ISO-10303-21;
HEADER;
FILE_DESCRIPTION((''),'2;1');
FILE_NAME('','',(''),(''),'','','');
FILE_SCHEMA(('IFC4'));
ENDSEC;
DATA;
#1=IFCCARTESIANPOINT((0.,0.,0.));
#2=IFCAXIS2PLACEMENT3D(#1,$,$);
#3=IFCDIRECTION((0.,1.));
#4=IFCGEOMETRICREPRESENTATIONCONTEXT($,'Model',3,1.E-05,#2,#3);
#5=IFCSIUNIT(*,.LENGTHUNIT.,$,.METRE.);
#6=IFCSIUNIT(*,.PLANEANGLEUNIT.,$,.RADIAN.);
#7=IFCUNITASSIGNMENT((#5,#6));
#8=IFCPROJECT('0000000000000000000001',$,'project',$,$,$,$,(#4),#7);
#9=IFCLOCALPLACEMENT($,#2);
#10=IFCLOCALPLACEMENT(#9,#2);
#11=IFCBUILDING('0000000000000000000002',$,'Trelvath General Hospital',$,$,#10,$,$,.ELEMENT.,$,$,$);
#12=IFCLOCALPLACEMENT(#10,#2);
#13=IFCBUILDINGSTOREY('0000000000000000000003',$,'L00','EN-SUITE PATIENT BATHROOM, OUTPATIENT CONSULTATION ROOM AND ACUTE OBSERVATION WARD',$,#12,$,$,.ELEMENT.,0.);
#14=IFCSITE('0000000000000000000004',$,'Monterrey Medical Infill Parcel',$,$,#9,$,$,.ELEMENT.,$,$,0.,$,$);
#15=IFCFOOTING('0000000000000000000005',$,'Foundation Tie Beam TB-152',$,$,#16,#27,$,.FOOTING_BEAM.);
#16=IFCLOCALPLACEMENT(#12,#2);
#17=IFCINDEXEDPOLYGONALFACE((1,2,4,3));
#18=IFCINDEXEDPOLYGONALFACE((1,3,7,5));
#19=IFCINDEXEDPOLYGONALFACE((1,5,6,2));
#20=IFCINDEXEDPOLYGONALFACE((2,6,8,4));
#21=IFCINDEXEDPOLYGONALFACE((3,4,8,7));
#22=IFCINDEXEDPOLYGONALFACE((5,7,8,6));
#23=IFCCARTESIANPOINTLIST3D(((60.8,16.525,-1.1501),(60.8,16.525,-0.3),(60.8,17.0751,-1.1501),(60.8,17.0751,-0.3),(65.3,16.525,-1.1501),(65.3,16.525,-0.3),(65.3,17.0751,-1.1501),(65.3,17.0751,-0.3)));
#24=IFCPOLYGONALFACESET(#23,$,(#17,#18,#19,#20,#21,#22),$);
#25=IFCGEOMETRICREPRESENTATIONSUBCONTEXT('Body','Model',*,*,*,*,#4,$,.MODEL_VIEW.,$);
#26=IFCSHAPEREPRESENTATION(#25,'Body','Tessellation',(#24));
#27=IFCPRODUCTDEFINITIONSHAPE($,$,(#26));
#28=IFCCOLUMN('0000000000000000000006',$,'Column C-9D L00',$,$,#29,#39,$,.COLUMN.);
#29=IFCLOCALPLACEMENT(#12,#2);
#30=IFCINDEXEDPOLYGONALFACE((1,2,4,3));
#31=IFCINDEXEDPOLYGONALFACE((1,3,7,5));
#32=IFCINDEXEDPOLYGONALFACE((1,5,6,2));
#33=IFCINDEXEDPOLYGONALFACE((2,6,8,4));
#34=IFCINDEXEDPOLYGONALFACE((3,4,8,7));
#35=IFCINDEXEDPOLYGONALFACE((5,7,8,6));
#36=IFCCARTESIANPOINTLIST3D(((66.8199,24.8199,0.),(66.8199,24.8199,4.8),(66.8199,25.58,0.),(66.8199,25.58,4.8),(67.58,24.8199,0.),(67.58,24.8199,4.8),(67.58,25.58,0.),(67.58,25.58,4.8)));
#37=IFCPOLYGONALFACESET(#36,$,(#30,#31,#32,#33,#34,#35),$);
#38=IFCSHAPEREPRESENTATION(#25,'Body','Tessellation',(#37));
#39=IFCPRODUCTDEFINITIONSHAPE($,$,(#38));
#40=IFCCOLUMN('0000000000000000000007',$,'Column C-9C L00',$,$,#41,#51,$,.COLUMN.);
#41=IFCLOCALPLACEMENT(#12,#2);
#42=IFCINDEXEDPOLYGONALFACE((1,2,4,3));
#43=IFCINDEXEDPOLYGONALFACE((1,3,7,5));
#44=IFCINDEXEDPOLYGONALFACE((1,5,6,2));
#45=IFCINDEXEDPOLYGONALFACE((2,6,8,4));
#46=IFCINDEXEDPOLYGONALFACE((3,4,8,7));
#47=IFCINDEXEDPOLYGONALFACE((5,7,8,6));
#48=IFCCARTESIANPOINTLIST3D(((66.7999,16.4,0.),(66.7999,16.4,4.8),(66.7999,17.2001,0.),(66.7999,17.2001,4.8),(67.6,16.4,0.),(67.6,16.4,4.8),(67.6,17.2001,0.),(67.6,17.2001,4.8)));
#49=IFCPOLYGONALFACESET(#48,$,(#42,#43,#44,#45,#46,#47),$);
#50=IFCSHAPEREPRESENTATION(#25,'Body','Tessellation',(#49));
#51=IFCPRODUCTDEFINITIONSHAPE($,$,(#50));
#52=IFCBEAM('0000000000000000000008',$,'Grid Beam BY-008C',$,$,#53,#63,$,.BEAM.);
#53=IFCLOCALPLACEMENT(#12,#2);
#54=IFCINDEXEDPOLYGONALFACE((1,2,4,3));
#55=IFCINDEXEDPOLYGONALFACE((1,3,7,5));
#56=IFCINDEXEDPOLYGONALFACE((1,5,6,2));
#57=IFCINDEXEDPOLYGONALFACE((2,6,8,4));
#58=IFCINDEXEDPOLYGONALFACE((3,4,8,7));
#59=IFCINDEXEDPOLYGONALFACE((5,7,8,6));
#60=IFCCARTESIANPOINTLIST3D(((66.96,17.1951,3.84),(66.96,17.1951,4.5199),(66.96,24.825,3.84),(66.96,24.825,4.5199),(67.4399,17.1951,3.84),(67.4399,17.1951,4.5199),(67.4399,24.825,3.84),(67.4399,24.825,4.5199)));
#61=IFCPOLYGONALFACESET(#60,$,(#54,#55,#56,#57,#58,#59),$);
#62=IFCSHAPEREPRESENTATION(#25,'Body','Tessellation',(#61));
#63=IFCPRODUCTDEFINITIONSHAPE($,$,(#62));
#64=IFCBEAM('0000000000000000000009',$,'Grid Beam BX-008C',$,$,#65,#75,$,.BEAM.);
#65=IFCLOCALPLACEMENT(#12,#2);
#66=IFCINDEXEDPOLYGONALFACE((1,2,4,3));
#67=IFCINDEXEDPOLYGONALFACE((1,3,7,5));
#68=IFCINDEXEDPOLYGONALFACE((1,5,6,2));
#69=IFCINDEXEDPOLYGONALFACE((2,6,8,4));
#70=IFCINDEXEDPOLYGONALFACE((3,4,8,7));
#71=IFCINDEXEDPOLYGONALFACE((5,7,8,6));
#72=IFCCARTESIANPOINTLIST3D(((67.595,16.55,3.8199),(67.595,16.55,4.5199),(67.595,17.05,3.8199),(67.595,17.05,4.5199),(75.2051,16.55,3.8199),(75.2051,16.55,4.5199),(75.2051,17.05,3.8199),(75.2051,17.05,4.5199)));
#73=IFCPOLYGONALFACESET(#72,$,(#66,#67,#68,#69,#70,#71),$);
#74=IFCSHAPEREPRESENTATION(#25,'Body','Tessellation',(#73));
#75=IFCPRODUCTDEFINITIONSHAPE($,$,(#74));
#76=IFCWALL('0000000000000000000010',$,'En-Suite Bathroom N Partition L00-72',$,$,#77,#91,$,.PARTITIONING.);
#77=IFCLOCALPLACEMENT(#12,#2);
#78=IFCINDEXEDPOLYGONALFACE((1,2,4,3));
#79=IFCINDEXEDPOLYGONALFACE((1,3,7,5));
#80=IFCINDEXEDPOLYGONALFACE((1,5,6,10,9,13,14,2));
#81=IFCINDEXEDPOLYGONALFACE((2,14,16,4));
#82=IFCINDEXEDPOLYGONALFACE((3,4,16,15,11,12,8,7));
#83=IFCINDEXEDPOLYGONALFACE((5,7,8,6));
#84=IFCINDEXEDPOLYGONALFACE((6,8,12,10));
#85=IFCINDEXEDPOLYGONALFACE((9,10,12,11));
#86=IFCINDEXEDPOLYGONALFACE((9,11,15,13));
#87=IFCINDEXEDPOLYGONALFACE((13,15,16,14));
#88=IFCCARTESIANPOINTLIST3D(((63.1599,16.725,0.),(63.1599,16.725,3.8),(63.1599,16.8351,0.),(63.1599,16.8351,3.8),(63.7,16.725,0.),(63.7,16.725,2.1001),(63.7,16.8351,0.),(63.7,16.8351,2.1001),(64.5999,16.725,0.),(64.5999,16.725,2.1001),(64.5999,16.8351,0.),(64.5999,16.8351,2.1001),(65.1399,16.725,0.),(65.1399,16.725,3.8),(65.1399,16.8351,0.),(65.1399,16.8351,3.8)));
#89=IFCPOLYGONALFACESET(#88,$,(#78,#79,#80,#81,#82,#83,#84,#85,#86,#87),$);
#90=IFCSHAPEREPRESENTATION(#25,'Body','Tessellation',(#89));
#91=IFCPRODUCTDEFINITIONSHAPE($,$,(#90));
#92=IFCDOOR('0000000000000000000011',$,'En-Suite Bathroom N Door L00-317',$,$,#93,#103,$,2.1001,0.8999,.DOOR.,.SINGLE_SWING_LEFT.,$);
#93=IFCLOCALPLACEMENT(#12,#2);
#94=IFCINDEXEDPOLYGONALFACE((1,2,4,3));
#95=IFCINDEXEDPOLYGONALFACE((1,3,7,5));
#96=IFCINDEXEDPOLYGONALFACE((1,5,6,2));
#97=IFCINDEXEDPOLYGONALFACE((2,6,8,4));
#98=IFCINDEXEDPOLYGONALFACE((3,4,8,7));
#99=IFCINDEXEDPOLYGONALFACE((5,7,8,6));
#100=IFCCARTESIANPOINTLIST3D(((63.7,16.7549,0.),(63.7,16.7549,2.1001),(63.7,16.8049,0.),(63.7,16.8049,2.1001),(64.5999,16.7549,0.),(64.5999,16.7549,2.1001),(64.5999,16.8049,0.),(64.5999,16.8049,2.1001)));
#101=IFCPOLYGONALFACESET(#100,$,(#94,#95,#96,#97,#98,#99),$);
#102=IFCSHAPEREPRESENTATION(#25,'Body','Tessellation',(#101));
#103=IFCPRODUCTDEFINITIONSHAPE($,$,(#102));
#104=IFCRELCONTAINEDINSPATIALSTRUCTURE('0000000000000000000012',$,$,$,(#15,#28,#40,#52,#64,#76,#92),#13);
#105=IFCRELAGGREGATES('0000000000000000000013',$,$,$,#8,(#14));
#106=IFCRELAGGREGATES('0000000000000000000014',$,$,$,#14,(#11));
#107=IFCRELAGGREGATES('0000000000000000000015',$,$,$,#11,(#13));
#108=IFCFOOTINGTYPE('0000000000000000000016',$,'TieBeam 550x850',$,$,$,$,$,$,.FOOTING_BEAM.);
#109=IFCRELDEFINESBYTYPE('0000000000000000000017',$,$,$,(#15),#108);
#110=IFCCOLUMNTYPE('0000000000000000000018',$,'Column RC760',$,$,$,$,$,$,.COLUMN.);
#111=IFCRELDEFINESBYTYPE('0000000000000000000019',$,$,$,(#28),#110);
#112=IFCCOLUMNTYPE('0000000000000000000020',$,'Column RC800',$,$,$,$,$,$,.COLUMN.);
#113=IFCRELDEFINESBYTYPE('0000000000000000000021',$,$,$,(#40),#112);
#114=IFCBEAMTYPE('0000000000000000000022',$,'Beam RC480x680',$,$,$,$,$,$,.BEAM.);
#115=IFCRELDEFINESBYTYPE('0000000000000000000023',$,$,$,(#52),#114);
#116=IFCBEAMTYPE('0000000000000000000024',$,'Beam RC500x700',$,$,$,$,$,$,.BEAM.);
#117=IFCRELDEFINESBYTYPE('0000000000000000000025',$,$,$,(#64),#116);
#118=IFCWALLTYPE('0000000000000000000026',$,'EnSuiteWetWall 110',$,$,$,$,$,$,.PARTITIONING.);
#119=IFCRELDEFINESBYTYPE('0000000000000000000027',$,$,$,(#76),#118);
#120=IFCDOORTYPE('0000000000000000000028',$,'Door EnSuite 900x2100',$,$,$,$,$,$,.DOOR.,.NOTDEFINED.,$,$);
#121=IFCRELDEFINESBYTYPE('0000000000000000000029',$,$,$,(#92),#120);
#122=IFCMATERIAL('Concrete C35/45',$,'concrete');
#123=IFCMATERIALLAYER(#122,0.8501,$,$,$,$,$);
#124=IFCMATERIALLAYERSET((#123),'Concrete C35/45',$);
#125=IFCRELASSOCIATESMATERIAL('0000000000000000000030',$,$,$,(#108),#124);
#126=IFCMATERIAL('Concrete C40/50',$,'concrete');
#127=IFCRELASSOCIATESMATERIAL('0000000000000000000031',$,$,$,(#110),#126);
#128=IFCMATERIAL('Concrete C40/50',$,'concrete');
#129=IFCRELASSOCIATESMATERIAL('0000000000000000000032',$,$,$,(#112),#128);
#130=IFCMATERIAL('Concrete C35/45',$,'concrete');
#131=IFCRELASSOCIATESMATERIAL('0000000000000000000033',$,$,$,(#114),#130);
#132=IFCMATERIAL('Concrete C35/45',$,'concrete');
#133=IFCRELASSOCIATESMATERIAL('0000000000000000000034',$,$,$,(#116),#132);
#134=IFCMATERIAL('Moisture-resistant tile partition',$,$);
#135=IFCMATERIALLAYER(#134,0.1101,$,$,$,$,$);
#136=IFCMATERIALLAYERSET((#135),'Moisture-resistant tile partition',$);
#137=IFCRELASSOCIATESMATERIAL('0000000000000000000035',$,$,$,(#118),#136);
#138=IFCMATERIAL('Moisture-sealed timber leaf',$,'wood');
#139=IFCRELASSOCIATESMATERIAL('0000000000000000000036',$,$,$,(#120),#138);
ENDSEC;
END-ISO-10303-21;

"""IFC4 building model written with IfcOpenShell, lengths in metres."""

from ifc_helpers import new_model, si_unit, direction, frame, frame_2d, origin, origin_2d, place, context, subcontext, project, spatial, rectangle, extrude, material, layer, layer_set, material_profile, profile_set, type_object, element, fill, save


model = new_model("IFC4")

# Units and contexts
model_context = context("Model", 3, precision=1e-05, world=origin(), true_north=direction((0.0, 1.0)))
body_context = subcontext(model_context, "Body", "Model", "MODEL_VIEW")
ifc_project = project(units=[si_unit("LENGTHUNIT", "METRE"), si_unit("PLANEANGLEUNIT", "RADIAN")], contexts=[model_context])

# Site, building, storey
site_placement = place(None, origin())
site = spatial("IfcSite", under=ifc_project, at=site_placement, Name="Monterrey Medical Infill Parcel", CompositionType="ELEMENT", RefElevation=0.0)
building_placement = place(site_placement, origin())
building = spatial("IfcBuilding", under=site, at=building_placement, Name="Trelvath General Hospital", CompositionType="ELEMENT")
storey_placement = place(building_placement, origin())
storey = spatial("IfcBuildingStorey", under=building, at=storey_placement, Name="L00", Description="EN-SUITE PATIENT BATHROOM, OUTPATIENT CONSULTATION ROOM AND ACUTE OBSERVATION WARD", CompositionType="ELEMENT", Elevation=0.0)

# Footing
ifc_material_1 = material(Name="Concrete C35/45", Category="concrete")
ifc_layer_1 = layer(ifc_material_1, 0.8501)
ifc_layer_set_1 = layer_set([ifc_layer_1], Name="Concrete C35/45")
footing_type_1 = type_object("IfcFootingType", Name="TieBeam 550x850", PredefinedType="FOOTING_BEAM", material=ifc_layer_set_1)
footing_1_placement = place(storey_placement, frame((63.05, 16.8, -1.1501), z_axis=(0.0, 0.0, 1.0), x_axis=(1.0, 0.0, 0.0)))
element("IfcFooting", 1, at=footing_1_placement, inside=storey, type_object=footing_type_1, Name="Foundation Tie Beam TB-152", PredefinedType="FOOTING_BEAM", context=body_context, shape_type="SweptSolid", body=[
    extrude(rectangle(XDim=4.5, YDim=0.55, at=origin_2d()), origin(), (0.0, 0.0, 1.0), 0.8501),
])

# Columns
ifc_material_2 = material(Name="Concrete C40/50", Category="concrete")
ifc_material_profile_1 = material_profile(ifc_material_2, rectangle(XDim=0.76, YDim=0.76, at=origin_2d()), Name="RC760x760")
ifc_profile_set_1 = profile_set([ifc_material_profile_1], Name="Concrete C40/50")
column_type_1 = type_object("IfcColumnType", Name="Column RC760", PredefinedType="COLUMN", material=ifc_profile_set_1)
column_1_placement = place(storey_placement, frame((67.2, 25.2, 0.0), z_axis=(0.0, 0.0, 1.0), x_axis=(1.0, 0.0, 0.0)))
element("IfcColumn", 2, at=column_1_placement, inside=storey, type_object=column_type_1, Name="Column C-9D L00", PredefinedType="COLUMN", context=body_context, shape_type="SweptSolid", body=[
    extrude(rectangle(XDim=0.76, YDim=0.76, at=origin_2d()), origin(), (0.0, 0.0, 1.0), 4.8),
])
ifc_material_3 = material(Name="Concrete C40/50", Category="concrete")
ifc_material_profile_2 = material_profile(ifc_material_3, rectangle(XDim=0.8, YDim=0.8, at=origin_2d()), Name="RC800x800")
ifc_profile_set_2 = profile_set([ifc_material_profile_2], Name="Concrete C40/50")
column_type_2 = type_object("IfcColumnType", Name="Column RC800", PredefinedType="COLUMN", material=ifc_profile_set_2)
column_2_placement = place(storey_placement, frame((67.2, 16.8, 0.0), z_axis=(0.0, 0.0, 1.0), x_axis=(1.0, 0.0, 0.0)))
element("IfcColumn", 3, at=column_2_placement, inside=storey, type_object=column_type_2, Name="Column C-9C L00", PredefinedType="COLUMN", context=body_context, shape_type="SweptSolid", body=[
    extrude(rectangle(XDim=0.8, YDim=0.8, at=origin_2d()), origin(), (0.0, 0.0, 1.0), 4.8),
])

# Beams
ifc_material_4 = material(Name="Concrete C35/45", Category="concrete")
ifc_material_profile_3 = material_profile(ifc_material_4, rectangle(XDim=0.48, YDim=0.6799, at=origin_2d()), Name="RCB480x680")
ifc_profile_set_3 = profile_set([ifc_material_profile_3], Name="Concrete C35/45")
beam_type_1 = type_object("IfcBeamType", Name="Beam RC480x680", PredefinedType="BEAM", material=ifc_profile_set_3)
beam_1_placement = place(storey_placement, frame((67.2, 17.1951, 4.1799), z_axis=(0.0, 1.0, 0.0), x_axis=(-1.0, 0.0, 0.0)))
element("IfcBeam", 4, at=beam_1_placement, inside=storey, type_object=beam_type_1, Name="Grid Beam BY-008C", PredefinedType="BEAM", context=body_context, shape_type="SweptSolid", body=[
    extrude(rectangle(XDim=0.48, YDim=0.6799, at=origin_2d()), origin(), (0.0, 0.0, 1.0), 7.6299),
])
ifc_material_5 = material(Name="Concrete C35/45", Category="concrete")
ifc_material_profile_4 = material_profile(ifc_material_5, rectangle(XDim=0.5, YDim=0.7, at=origin_2d()), Name="RCB500x700")
ifc_profile_set_4 = profile_set([ifc_material_profile_4], Name="Concrete C35/45")
beam_type_2 = type_object("IfcBeamType", Name="Beam RC500x700", PredefinedType="BEAM", material=ifc_profile_set_4)
beam_2_placement = place(storey_placement, frame((67.595, 16.8, 4.1699), z_axis=(1.0, 0.0, 0.0), x_axis=(0.0, 1.0, 0.0)))
element("IfcBeam", 5, at=beam_2_placement, inside=storey, type_object=beam_type_2, Name="Grid Beam BX-008C", PredefinedType="BEAM", context=body_context, shape_type="SweptSolid", body=[
    extrude(rectangle(XDim=0.5, YDim=0.7, at=origin_2d()), origin(), (0.0, 0.0, 1.0), 7.6101),
])

# Wall, opening, door
ifc_material_6 = material(Name="Moisture-resistant tile partition")
ifc_layer_2 = layer(ifc_material_6, 0.1101)
ifc_layer_set_2 = layer_set([ifc_layer_2], Name="Moisture-resistant tile partition")
wall_type = type_object("IfcWallType", Name="EnSuiteWetWall 110", PredefinedType="PARTITIONING", material=ifc_layer_set_2)
wall_placement = place(storey_placement, frame((63.1599, 16.78, 0.0), z_axis=(0.0, 0.0, 1.0), x_axis=(1.0, 0.0, 0.0)))
wall = element("IfcWall", 6, at=wall_placement, inside=storey, type_object=wall_type, Name="En-Suite Bathroom N Partition L00-72", PredefinedType="PARTITIONING", context=body_context, shape_type="SweptSolid", body=[
    extrude(rectangle(XDim=1.98, YDim=0.1101, at=frame_2d((0.99, 0.0))), origin(), (0.0, 0.0, 1.0), 3.8),
])
opening_placement = place(wall_placement, frame((0.54, 0.0, 0.0)))
opening = element("IfcOpeningElement", 7, at=opening_placement, cuts=wall, PredefinedType="OPENING", context=body_context, shape_type="SweptSolid", body=[
    extrude(rectangle(XDim=0.8999, YDim=2.1001, at=frame_2d((0.45, 1.05))), frame((0.0, 0.0649, 0.0), z_axis=(0.0, -1.0, 0.0), x_axis=(1.0, 0.0, 0.0)), (0.0, 0.0, 1.0), 0.1301),
])
ifc_material_7 = material(Name="Moisture-sealed timber leaf", Category="wood")
door_type = type_object("IfcDoorType", Name="Door EnSuite 900x2100", OperationType="NOTDEFINED", PredefinedType="DOOR", material=ifc_material_7)
door_placement = place(opening_placement, origin())
door = element("IfcDoor", 8, at=door_placement, inside=storey, type_object=door_type, Name="En-Suite Bathroom N Door L00-317", OperationType="SINGLE_SWING_LEFT", OverallHeight=2.1001, OverallWidth=0.8999, PredefinedType="DOOR", context=body_context, shape_type="SweptSolid", body=[
    extrude(rectangle(XDim=0.8999, YDim=2.1001, at=frame_2d((0.45, 1.05))), frame((0.0, 0.0249, 0.0), z_axis=(0.0, -1.0, 0.0), x_axis=(1.0, 0.0, 0.0)), (0.0, 0.0, 1.0), 0.05),
])
fill(opening, door)

save(model, "model.ifc")
